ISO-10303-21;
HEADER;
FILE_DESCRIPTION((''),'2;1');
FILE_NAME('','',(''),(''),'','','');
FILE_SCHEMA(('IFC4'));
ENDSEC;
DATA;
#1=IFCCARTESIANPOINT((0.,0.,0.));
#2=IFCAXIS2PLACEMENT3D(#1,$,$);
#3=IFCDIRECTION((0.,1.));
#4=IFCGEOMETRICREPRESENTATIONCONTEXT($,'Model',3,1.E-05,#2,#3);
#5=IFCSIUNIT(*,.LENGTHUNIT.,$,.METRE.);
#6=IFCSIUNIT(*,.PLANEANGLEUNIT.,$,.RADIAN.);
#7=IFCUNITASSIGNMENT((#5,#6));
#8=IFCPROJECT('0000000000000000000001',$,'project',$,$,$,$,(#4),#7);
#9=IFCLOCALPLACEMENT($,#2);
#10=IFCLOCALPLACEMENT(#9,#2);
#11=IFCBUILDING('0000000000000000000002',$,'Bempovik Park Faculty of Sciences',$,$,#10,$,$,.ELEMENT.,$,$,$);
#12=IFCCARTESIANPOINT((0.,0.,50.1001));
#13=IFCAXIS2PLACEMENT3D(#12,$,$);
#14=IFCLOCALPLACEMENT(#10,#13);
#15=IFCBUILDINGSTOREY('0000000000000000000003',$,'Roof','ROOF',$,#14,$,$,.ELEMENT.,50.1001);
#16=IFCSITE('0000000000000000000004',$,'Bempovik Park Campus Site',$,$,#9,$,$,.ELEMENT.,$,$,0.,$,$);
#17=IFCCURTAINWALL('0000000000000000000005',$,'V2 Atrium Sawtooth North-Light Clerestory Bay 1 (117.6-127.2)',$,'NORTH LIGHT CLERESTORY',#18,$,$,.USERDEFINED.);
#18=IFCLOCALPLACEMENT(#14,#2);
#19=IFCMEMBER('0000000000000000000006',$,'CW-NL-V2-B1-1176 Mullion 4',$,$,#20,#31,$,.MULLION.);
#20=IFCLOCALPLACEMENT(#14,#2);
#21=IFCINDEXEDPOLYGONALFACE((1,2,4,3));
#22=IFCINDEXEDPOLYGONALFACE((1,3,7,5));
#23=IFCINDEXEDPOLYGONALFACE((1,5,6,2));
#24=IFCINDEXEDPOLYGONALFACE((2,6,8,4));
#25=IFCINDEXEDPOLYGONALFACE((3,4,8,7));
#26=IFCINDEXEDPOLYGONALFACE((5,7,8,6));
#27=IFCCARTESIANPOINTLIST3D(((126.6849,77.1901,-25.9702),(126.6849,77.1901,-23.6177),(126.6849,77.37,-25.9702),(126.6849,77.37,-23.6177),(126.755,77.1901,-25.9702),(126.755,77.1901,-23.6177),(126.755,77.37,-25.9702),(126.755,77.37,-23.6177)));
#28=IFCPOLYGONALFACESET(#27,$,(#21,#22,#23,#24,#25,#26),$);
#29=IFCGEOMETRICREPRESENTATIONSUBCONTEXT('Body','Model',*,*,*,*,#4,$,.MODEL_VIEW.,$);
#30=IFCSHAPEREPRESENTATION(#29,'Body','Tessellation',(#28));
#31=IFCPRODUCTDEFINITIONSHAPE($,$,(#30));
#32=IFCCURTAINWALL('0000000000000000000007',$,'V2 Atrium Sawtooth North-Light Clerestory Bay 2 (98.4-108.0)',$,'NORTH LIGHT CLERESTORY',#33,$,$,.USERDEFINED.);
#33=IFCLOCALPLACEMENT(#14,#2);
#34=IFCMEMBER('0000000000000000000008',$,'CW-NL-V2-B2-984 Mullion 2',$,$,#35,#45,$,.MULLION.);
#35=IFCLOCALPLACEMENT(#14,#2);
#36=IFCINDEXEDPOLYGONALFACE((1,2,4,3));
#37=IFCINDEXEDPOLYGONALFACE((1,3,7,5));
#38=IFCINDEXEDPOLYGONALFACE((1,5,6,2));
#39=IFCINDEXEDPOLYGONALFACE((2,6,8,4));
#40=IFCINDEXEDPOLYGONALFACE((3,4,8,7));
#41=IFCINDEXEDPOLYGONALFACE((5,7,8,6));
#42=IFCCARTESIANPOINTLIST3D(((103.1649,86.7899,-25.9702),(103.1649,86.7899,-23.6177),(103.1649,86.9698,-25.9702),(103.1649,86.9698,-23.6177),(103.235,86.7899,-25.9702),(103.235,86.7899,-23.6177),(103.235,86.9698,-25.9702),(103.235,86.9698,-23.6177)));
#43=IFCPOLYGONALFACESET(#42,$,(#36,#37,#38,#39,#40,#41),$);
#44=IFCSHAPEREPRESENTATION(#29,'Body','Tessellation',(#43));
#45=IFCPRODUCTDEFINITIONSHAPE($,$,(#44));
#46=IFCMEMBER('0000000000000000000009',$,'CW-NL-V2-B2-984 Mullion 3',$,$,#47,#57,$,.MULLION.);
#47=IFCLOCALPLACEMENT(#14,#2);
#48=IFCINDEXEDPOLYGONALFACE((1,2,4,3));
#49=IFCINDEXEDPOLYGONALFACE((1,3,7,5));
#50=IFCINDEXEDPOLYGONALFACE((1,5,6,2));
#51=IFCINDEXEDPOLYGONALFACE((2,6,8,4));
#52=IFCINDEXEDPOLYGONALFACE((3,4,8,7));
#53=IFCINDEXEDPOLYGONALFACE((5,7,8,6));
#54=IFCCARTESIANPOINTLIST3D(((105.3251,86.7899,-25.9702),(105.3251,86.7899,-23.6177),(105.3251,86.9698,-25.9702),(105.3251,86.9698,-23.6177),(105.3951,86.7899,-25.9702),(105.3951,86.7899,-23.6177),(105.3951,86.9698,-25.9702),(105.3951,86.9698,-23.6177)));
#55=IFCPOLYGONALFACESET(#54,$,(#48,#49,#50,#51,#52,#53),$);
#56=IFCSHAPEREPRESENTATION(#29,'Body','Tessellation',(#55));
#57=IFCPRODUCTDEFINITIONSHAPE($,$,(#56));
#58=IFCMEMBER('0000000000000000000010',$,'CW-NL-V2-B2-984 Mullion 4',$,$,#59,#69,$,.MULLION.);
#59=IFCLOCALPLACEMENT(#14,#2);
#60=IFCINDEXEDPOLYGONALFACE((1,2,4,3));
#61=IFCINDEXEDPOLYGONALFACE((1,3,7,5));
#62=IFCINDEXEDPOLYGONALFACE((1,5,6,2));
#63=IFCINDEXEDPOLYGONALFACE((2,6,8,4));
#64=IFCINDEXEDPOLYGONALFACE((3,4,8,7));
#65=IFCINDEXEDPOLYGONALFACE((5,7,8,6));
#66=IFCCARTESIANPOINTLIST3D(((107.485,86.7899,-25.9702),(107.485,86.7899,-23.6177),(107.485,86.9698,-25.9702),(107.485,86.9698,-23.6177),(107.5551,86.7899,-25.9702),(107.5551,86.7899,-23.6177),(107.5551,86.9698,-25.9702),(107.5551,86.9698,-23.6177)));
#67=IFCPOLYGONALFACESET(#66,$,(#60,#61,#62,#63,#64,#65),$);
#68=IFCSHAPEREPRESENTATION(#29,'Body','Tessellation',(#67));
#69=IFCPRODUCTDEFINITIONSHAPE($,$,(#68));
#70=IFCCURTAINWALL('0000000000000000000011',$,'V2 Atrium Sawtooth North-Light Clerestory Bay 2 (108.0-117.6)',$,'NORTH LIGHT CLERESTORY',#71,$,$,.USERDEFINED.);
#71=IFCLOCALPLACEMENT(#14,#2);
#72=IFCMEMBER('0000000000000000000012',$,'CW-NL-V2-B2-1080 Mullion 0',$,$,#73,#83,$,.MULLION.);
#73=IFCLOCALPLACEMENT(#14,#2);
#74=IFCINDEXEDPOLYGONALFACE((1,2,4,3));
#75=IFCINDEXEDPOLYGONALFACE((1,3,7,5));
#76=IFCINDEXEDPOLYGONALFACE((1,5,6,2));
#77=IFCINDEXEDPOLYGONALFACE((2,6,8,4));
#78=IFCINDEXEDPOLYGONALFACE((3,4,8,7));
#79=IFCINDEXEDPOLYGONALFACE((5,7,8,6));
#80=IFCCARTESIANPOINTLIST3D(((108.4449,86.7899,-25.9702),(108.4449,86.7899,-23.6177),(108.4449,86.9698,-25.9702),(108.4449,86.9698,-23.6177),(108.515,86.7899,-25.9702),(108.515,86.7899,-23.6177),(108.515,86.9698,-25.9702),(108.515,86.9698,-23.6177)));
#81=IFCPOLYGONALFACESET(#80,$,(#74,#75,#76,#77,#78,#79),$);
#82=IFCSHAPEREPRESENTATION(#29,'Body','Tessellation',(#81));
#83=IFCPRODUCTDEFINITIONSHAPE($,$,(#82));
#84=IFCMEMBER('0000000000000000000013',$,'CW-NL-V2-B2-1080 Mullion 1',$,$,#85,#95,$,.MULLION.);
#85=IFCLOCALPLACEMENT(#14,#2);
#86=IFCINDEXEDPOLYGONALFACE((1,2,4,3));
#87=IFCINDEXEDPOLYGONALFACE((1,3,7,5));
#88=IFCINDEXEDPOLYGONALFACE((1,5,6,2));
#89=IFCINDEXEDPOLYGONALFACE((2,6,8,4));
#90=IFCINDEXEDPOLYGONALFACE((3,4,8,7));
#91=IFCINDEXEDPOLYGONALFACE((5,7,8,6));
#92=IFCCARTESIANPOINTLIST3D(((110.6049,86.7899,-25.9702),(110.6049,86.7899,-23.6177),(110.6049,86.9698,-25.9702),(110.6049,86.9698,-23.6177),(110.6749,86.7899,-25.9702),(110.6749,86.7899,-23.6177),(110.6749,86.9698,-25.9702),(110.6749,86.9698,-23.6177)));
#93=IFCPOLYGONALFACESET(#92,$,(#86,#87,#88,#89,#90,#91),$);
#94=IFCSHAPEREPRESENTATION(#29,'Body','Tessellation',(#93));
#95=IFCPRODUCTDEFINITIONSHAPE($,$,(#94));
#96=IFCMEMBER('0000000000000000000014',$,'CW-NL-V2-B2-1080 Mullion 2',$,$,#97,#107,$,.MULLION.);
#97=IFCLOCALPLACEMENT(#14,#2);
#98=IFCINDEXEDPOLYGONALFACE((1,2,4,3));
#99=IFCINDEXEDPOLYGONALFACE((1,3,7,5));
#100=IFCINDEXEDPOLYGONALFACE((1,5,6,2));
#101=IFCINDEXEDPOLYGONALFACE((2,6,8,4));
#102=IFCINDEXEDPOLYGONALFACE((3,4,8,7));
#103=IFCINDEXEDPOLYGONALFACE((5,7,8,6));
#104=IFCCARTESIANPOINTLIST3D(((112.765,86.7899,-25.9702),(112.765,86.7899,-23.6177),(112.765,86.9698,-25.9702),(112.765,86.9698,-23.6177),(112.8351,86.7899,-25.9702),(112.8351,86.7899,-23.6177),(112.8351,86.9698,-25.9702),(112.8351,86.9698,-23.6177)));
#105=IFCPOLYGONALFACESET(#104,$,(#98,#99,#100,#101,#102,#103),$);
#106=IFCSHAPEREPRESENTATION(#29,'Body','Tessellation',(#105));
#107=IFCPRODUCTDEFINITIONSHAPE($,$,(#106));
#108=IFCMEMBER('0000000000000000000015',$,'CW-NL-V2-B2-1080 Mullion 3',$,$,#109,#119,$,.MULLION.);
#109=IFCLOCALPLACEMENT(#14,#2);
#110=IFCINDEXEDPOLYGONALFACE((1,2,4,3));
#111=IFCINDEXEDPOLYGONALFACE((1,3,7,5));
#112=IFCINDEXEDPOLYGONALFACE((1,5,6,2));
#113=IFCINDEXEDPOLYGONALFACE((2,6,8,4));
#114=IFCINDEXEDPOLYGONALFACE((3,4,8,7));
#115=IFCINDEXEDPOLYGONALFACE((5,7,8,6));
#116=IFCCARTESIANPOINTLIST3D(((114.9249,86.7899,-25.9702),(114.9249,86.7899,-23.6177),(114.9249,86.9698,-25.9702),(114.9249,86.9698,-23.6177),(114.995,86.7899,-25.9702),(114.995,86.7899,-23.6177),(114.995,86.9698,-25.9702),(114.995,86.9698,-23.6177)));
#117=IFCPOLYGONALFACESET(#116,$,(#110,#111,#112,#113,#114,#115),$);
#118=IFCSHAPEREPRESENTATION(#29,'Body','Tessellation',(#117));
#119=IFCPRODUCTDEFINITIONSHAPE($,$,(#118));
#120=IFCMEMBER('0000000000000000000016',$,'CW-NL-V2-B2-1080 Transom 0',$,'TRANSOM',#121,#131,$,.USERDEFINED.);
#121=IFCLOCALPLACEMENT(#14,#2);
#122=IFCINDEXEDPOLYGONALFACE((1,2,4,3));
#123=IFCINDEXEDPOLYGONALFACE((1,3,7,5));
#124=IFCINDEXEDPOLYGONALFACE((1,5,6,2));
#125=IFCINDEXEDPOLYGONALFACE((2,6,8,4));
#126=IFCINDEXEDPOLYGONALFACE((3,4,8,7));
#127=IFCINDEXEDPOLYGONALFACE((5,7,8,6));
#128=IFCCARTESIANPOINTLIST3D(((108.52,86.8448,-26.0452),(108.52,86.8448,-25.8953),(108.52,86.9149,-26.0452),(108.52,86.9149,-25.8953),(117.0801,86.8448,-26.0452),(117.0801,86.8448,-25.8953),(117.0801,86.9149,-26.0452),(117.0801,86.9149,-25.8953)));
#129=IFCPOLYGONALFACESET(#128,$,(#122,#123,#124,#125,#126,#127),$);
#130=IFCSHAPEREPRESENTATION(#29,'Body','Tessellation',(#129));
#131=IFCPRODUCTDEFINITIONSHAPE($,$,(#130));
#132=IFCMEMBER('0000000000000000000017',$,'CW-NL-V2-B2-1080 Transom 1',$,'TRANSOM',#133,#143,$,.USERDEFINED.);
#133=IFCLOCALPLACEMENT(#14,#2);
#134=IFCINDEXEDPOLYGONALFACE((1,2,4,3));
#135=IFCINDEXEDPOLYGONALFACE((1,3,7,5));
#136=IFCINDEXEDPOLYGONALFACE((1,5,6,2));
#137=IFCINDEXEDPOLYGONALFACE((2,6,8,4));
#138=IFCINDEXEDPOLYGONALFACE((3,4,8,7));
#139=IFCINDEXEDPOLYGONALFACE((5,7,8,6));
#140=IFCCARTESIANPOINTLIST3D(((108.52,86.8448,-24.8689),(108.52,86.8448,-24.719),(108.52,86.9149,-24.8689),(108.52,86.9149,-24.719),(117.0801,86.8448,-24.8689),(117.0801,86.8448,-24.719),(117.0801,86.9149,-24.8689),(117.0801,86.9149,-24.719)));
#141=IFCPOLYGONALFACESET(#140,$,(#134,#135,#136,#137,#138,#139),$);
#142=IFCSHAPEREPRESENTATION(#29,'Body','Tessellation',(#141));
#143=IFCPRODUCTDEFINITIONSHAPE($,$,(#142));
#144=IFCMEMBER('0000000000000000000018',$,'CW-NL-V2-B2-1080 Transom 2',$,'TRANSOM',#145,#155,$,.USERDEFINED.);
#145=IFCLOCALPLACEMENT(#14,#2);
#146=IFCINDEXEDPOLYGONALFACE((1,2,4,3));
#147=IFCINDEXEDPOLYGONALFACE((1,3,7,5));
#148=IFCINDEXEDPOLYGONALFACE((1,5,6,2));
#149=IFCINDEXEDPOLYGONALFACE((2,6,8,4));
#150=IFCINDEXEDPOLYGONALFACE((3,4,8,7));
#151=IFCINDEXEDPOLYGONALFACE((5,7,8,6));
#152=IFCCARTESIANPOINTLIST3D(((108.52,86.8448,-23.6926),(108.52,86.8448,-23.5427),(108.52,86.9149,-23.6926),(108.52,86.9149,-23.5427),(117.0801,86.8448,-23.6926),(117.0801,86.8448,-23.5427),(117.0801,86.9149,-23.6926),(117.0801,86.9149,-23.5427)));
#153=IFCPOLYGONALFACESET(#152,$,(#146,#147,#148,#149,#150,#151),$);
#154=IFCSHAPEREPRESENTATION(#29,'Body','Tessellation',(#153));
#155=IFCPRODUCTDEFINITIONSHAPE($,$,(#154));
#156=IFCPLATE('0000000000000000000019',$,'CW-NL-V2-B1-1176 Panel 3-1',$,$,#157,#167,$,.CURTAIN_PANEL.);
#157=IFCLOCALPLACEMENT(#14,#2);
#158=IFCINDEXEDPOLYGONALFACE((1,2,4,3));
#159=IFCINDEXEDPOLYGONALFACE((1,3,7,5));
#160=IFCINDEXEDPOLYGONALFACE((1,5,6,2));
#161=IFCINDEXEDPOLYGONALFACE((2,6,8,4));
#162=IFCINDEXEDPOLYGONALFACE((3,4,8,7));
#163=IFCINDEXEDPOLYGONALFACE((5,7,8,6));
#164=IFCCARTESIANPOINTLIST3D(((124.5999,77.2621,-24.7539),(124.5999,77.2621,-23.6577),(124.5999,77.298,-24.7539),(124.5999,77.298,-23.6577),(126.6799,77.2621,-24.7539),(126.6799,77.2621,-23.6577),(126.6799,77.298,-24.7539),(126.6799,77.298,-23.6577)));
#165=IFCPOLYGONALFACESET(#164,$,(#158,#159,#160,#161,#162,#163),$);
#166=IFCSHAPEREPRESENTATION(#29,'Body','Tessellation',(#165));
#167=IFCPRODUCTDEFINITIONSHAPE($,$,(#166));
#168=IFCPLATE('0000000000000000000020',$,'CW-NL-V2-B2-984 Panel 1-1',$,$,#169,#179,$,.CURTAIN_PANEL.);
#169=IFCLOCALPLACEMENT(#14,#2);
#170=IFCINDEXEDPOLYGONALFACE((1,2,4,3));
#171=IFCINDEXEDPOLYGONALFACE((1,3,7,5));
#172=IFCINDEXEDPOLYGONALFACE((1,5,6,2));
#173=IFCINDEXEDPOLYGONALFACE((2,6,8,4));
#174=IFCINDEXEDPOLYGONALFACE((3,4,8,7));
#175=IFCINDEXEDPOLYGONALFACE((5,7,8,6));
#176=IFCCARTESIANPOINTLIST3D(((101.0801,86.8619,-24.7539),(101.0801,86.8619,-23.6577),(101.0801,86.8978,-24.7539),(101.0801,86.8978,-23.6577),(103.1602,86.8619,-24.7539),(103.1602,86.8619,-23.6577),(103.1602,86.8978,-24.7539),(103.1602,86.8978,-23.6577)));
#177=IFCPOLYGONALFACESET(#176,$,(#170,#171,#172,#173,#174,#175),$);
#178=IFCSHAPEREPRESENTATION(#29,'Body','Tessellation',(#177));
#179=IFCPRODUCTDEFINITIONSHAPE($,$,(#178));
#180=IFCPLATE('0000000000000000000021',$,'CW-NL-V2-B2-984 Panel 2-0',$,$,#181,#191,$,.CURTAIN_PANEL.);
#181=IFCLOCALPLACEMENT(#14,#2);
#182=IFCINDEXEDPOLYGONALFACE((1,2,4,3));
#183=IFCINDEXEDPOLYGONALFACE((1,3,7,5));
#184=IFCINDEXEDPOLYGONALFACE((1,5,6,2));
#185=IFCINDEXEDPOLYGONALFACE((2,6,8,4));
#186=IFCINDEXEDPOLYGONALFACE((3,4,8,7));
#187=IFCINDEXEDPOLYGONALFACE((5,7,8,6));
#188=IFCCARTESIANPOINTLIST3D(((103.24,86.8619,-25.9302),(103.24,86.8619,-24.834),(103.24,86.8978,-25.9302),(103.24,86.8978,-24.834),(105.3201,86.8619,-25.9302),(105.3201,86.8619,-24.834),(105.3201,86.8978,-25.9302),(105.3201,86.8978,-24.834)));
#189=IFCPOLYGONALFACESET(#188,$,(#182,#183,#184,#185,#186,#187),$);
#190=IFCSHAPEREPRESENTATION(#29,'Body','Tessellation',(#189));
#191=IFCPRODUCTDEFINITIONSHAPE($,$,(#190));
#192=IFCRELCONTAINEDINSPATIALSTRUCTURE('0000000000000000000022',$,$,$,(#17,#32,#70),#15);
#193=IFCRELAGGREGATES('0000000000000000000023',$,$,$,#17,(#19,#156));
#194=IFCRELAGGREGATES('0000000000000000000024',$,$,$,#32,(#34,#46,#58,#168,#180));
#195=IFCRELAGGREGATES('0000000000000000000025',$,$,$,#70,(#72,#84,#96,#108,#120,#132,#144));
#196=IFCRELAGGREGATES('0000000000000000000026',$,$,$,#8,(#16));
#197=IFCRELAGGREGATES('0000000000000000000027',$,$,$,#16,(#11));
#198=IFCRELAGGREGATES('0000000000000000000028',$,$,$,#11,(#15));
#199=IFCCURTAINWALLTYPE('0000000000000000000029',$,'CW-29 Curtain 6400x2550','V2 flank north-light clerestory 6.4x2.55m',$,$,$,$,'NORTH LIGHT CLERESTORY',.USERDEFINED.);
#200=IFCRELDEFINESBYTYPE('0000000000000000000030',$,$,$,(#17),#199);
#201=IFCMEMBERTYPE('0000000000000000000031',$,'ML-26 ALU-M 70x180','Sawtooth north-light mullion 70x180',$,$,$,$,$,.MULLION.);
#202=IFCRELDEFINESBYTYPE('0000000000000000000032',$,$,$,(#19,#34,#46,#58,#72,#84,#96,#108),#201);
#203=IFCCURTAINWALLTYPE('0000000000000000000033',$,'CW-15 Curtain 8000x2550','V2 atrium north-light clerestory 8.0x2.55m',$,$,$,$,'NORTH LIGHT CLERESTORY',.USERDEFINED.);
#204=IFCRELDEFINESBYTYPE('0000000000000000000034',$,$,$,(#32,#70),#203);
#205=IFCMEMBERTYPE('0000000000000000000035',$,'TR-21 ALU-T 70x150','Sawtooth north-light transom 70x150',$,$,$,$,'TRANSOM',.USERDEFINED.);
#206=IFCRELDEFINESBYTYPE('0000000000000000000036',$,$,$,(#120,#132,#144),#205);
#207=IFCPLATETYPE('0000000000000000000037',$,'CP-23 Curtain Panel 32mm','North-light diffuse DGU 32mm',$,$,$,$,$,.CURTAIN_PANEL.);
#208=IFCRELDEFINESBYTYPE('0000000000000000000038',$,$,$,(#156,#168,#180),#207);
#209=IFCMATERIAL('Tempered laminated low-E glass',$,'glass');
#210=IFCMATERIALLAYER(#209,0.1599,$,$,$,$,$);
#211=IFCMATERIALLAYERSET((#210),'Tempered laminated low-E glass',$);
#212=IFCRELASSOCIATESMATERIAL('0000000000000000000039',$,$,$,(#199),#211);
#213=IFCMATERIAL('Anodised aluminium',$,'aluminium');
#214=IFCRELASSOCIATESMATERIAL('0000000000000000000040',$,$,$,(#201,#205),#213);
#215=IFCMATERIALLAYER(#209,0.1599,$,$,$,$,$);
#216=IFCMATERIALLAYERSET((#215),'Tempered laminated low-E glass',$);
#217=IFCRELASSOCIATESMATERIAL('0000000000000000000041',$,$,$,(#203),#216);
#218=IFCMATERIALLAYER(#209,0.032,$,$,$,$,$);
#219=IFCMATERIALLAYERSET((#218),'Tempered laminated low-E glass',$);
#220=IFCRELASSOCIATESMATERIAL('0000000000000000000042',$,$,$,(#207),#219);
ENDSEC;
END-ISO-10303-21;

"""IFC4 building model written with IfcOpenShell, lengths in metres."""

from ifc_helpers import new_model, si_unit, direction, frame, origin, origin_2d, place, context, subcontext, project, spatial, rectangle, extrude, material, layer, layer_set, material_profile, profile_set, type_object, element, aggregate, save


model = new_model("IFC4")

# Units and contexts
model_context = context("Model", 3, precision=1e-05, world=origin(), true_north=direction((0.0, 1.0)))
body_context = subcontext(model_context, "Body", "Model", "MODEL_VIEW")
ifc_project = project(units=[si_unit("LENGTHUNIT", "METRE"), si_unit("PLANEANGLEUNIT", "RADIAN")], contexts=[model_context])

# Site, building, storey
site_placement = place(None, origin())
site = spatial("IfcSite", under=ifc_project, at=site_placement, Name="Bempovik Park Campus Site", CompositionType="ELEMENT", RefElevation=0.0)
building_placement = place(site_placement, origin())
building = spatial("IfcBuilding", under=site, at=building_placement, Name="Bempovik Park Faculty of Sciences", CompositionType="ELEMENT")
storey_placement = place(building_placement, frame((0.0, 0.0, 50.1001)))
storey = spatial("IfcBuildingStorey", under=building, at=storey_placement, Name="Roof", Description="ROOF", CompositionType="ELEMENT", Elevation=50.1001)

# Curtain wall, member
ifc_material_1 = material(Name="Tempered laminated low-E glass", Category="glass")
ifc_layer_1 = layer(ifc_material_1, 0.1599)
ifc_layer_set_1 = layer_set([ifc_layer_1], Name="Tempered laminated low-E glass")
curtain_wall_type_1 = type_object("IfcCurtainWallType", Name="CW-29 Curtain 6400x2550", Description="V2 flank north-light clerestory 6.4x2.55m", ElementType="NORTH LIGHT CLERESTORY", PredefinedType="USERDEFINED", material=ifc_layer_set_1)
curtain_wall_1_placement = place(storey_placement, origin())
curtain_wall_1 = element("IfcCurtainWall", 1, at=curtain_wall_1_placement, inside=storey, type_object=curtain_wall_type_1, Name="V2 Atrium Sawtooth North-Light Clerestory Bay 1 (117.6-127.2)", ObjectType="NORTH LIGHT CLERESTORY", PredefinedType="USERDEFINED")
ifc_material_2 = material(Name="Anodised aluminium", Category="aluminium")
ifc_material_profile_1 = material_profile(ifc_material_2, rectangle(XDim=0.0701, YDim=0.1799, at=origin_2d()), Name="ALU-M 70x180")
ifc_profile_set_1 = profile_set([ifc_material_profile_1], Name="Anodised aluminium")
member_type_1 = type_object("IfcMemberType", Name="ML-26 ALU-M 70x180", Description="Sawtooth north-light mullion 70x180", PredefinedType="MULLION", material=ifc_profile_set_1)
member_1_placement = place(storey_placement, frame((126.72, 77.28, -25.9702), z_axis=(0.0, 0.0, 1.0), x_axis=(1.0, 0.0, 0.0)))
member_1 = element("IfcMember", 2, at=member_1_placement, type_object=member_type_1, Name="CW-NL-V2-B1-1176 Mullion 4", PredefinedType="MULLION", context=body_context, shape_type="SweptSolid", body=[
    extrude(rectangle(XDim=0.0701, YDim=0.1799, at=origin_2d()), origin(), (0.0, 0.0, 1.0), 2.3525),
])

# Curtain walls, members
ifc_layer_2 = layer(ifc_material_1, 0.1599)
ifc_layer_set_2 = layer_set([ifc_layer_2], Name="Tempered laminated low-E glass")
curtain_wall_type_2 = type_object("IfcCurtainWallType", Name="CW-15 Curtain 8000x2550", Description="V2 atrium north-light clerestory 8.0x2.55m", ElementType="NORTH LIGHT CLERESTORY", PredefinedType="USERDEFINED", material=ifc_layer_set_2)
curtain_wall_2_placement = place(storey_placement, origin())
curtain_wall_2 = element("IfcCurtainWall", 3, at=curtain_wall_2_placement, inside=storey, type_object=curtain_wall_type_2, Name="V2 Atrium Sawtooth North-Light Clerestory Bay 2 (98.4-108.0)", ObjectType="NORTH LIGHT CLERESTORY", PredefinedType="USERDEFINED")
member_2_placement = place(storey_placement, frame((103.2, 86.8799, -25.9702), z_axis=(0.0, 0.0, 1.0), x_axis=(1.0, 0.0, 0.0)))
member_2 = element("IfcMember", 4, at=member_2_placement, type_object=member_type_1, Name="CW-NL-V2-B2-984 Mullion 2", PredefinedType="MULLION", context=body_context, shape_type="SweptSolid", body=[
    extrude(rectangle(XDim=0.0701, YDim=0.1799, at=origin_2d()), origin(), (0.0, 0.0, 1.0), 2.3525),
])
member_3_placement = place(storey_placement, frame((105.3601, 86.8799, -25.9702), z_axis=(0.0, 0.0, 1.0), x_axis=(1.0, 0.0, 0.0)))
member_3 = element("IfcMember", 5, at=member_3_placement, type_object=member_type_1, Name="CW-NL-V2-B2-984 Mullion 3", PredefinedType="MULLION", context=body_context, shape_type="SweptSolid", body=[
    extrude(rectangle(XDim=0.0701, YDim=0.1799, at=origin_2d()), origin(), (0.0, 0.0, 1.0), 2.3525),
])
member_4_placement = place(storey_placement, frame((107.52, 86.8799, -25.9702), z_axis=(0.0, 0.0, 1.0), x_axis=(1.0, 0.0, 0.0)))
member_4 = element("IfcMember", 6, at=member_4_placement, type_object=member_type_1, Name="CW-NL-V2-B2-984 Mullion 4", PredefinedType="MULLION", context=body_context, shape_type="SweptSolid", body=[
    extrude(rectangle(XDim=0.0701, YDim=0.1799, at=origin_2d()), origin(), (0.0, 0.0, 1.0), 2.3525),
])
curtain_wall_3_placement = place(storey_placement, origin())
curtain_wall_3 = element("IfcCurtainWall", 7, at=curtain_wall_3_placement, inside=storey, type_object=curtain_wall_type_2, Name="V2 Atrium Sawtooth North-Light Clerestory Bay 2 (108.0-117.6)", ObjectType="NORTH LIGHT CLERESTORY", PredefinedType="USERDEFINED")
member_5_placement = place(storey_placement, frame((108.48, 86.8799, -25.9702), z_axis=(0.0, 0.0, 1.0), x_axis=(1.0, 0.0, 0.0)))
member_5 = element("IfcMember", 8, at=member_5_placement, type_object=member_type_1, Name="CW-NL-V2-B2-1080 Mullion 0", PredefinedType="MULLION", context=body_context, shape_type="SweptSolid", body=[
    extrude(rectangle(XDim=0.0701, YDim=0.1799, at=origin_2d()), origin(), (0.0, 0.0, 1.0), 2.3525),
])
member_6_placement = place(storey_placement, frame((110.6399, 86.8799, -25.9702), z_axis=(0.0, 0.0, 1.0), x_axis=(1.0, 0.0, 0.0)))
member_6 = element("IfcMember", 9, at=member_6_placement, type_object=member_type_1, Name="CW-NL-V2-B2-1080 Mullion 1", PredefinedType="MULLION", context=body_context, shape_type="SweptSolid", body=[
    extrude(rectangle(XDim=0.0701, YDim=0.1799, at=origin_2d()), origin(), (0.0, 0.0, 1.0), 2.3525),
])
member_7_placement = place(storey_placement, frame((112.8, 86.8799, -25.9702), z_axis=(0.0, 0.0, 1.0), x_axis=(1.0, 0.0, 0.0)))
member_7 = element("IfcMember", 10, at=member_7_placement, type_object=member_type_1, Name="CW-NL-V2-B2-1080 Mullion 2", PredefinedType="MULLION", context=body_context, shape_type="SweptSolid", body=[
    extrude(rectangle(XDim=0.0701, YDim=0.1799, at=origin_2d()), origin(), (0.0, 0.0, 1.0), 2.3525),
])
member_8_placement = place(storey_placement, frame((114.96, 86.8799, -25.9702), z_axis=(0.0, 0.0, 1.0), x_axis=(1.0, 0.0, 0.0)))
member_8 = element("IfcMember", 11, at=member_8_placement, type_object=member_type_1, Name="CW-NL-V2-B2-1080 Mullion 3", PredefinedType="MULLION", context=body_context, shape_type="SweptSolid", body=[
    extrude(rectangle(XDim=0.0701, YDim=0.1799, at=origin_2d()), origin(), (0.0, 0.0, 1.0), 2.3525),
])
ifc_material_profile_2 = material_profile(ifc_material_2, rectangle(XDim=0.0701, YDim=0.1499, at=origin_2d()), Name="ALU-T 70x150")
ifc_profile_set_2 = profile_set([ifc_material_profile_2], Name="Anodised aluminium")
member_type_2 = type_object("IfcMemberType", Name="TR-21 ALU-T 70x150", Description="Sawtooth north-light transom 70x150", ElementType="TRANSOM", PredefinedType="USERDEFINED", material=ifc_profile_set_2)
member_9_placement = place(storey_placement, frame((108.52, 86.8799, -25.9702), z_axis=(1.0, 0.0, 0.0), x_axis=(0.0, 1.0, 0.0)))
member_9 = element("IfcMember", 12, at=member_9_placement, type_object=member_type_2, Name="CW-NL-V2-B2-1080 Transom 0", ObjectType="TRANSOM", PredefinedType="USERDEFINED", context=body_context, shape_type="SweptSolid", body=[
    extrude(rectangle(XDim=0.0701, YDim=0.1499, at=origin_2d()), origin(), (0.0, 0.0, 1.0), 8.5601),
])
member_10_placement = place(storey_placement, frame((108.52, 86.8799, -24.7939), z_axis=(1.0, 0.0, 0.0), x_axis=(0.0, 1.0, 0.0)))
member_10 = element("IfcMember", 13, at=member_10_placement, type_object=member_type_2, Name="CW-NL-V2-B2-1080 Transom 1", ObjectType="TRANSOM", PredefinedType="USERDEFINED", context=body_context, shape_type="SweptSolid", body=[
    extrude(rectangle(XDim=0.0701, YDim=0.1499, at=origin_2d()), origin(), (0.0, 0.0, 1.0), 8.5601),
])
member_11_placement = place(storey_placement, frame((108.52, 86.8799, -23.6177), z_axis=(1.0, 0.0, 0.0), x_axis=(0.0, 1.0, 0.0)))
member_11 = element("IfcMember", 14, at=member_11_placement, type_object=member_type_2, Name="CW-NL-V2-B2-1080 Transom 2", ObjectType="TRANSOM", PredefinedType="USERDEFINED", context=body_context, shape_type="SweptSolid", body=[
    extrude(rectangle(XDim=0.0701, YDim=0.1499, at=origin_2d()), origin(), (0.0, 0.0, 1.0), 8.5601),
])

# Plates
ifc_layer_3 = layer(ifc_material_1, 0.032)
ifc_layer_set_3 = layer_set([ifc_layer_3], Name="Tempered laminated low-E glass")
plate_type = type_object("IfcPlateType", Name="CP-23 Curtain Panel 32mm", Description="North-light diffuse DGU 32mm", PredefinedType="CURTAIN_PANEL", material=ifc_layer_set_3)
plate_1_placement = place(storey_placement, frame((125.6399, 77.28, -24.7539), z_axis=(0.0, 0.0, 1.0), x_axis=(1.0, 0.0, 0.0)))
plate_1 = element("IfcPlate", 15, at=plate_1_placement, type_object=plate_type, Name="CW-NL-V2-B1-1176 Panel 3-1", PredefinedType="CURTAIN_PANEL", context=body_context, shape_type="SweptSolid", body=[
    extrude(rectangle(XDim=2.0801, YDim=0.0359, at=origin_2d()), origin(), (0.0, 0.0, 1.0), 1.0962),
])
aggregate(curtain_wall_1, [member_1, plate_1])
plate_2_placement = place(storey_placement, frame((102.1201, 86.8799, -24.7539), z_axis=(0.0, 0.0, 1.0), x_axis=(1.0, 0.0, 0.0)))
plate_2 = element("IfcPlate", 16, at=plate_2_placement, type_object=plate_type, Name="CW-NL-V2-B2-984 Panel 1-1", PredefinedType="CURTAIN_PANEL", context=body_context, shape_type="SweptSolid", body=[
    extrude(rectangle(XDim=2.0801, YDim=0.0359, at=origin_2d()), origin(), (0.0, 0.0, 1.0), 1.0962),
])
plate_3_placement = place(storey_placement, frame((104.28, 86.8799, -25.9302), z_axis=(0.0, 0.0, 1.0), x_axis=(1.0, 0.0, 0.0)))
plate_3 = element("IfcPlate", 17, at=plate_3_placement, type_object=plate_type, Name="CW-NL-V2-B2-984 Panel 2-0", PredefinedType="CURTAIN_PANEL", context=body_context, shape_type="SweptSolid", body=[
    extrude(rectangle(XDim=2.0801, YDim=0.0359, at=origin_2d()), origin(), (0.0, 0.0, 1.0), 1.0962),
])
aggregate(curtain_wall_2, [member_2, member_3, member_4, plate_2, plate_3])
aggregate(curtain_wall_3, [member_5, member_6, member_7, member_8, member_9, member_10, member_11])

save(model, "model.ifc")
